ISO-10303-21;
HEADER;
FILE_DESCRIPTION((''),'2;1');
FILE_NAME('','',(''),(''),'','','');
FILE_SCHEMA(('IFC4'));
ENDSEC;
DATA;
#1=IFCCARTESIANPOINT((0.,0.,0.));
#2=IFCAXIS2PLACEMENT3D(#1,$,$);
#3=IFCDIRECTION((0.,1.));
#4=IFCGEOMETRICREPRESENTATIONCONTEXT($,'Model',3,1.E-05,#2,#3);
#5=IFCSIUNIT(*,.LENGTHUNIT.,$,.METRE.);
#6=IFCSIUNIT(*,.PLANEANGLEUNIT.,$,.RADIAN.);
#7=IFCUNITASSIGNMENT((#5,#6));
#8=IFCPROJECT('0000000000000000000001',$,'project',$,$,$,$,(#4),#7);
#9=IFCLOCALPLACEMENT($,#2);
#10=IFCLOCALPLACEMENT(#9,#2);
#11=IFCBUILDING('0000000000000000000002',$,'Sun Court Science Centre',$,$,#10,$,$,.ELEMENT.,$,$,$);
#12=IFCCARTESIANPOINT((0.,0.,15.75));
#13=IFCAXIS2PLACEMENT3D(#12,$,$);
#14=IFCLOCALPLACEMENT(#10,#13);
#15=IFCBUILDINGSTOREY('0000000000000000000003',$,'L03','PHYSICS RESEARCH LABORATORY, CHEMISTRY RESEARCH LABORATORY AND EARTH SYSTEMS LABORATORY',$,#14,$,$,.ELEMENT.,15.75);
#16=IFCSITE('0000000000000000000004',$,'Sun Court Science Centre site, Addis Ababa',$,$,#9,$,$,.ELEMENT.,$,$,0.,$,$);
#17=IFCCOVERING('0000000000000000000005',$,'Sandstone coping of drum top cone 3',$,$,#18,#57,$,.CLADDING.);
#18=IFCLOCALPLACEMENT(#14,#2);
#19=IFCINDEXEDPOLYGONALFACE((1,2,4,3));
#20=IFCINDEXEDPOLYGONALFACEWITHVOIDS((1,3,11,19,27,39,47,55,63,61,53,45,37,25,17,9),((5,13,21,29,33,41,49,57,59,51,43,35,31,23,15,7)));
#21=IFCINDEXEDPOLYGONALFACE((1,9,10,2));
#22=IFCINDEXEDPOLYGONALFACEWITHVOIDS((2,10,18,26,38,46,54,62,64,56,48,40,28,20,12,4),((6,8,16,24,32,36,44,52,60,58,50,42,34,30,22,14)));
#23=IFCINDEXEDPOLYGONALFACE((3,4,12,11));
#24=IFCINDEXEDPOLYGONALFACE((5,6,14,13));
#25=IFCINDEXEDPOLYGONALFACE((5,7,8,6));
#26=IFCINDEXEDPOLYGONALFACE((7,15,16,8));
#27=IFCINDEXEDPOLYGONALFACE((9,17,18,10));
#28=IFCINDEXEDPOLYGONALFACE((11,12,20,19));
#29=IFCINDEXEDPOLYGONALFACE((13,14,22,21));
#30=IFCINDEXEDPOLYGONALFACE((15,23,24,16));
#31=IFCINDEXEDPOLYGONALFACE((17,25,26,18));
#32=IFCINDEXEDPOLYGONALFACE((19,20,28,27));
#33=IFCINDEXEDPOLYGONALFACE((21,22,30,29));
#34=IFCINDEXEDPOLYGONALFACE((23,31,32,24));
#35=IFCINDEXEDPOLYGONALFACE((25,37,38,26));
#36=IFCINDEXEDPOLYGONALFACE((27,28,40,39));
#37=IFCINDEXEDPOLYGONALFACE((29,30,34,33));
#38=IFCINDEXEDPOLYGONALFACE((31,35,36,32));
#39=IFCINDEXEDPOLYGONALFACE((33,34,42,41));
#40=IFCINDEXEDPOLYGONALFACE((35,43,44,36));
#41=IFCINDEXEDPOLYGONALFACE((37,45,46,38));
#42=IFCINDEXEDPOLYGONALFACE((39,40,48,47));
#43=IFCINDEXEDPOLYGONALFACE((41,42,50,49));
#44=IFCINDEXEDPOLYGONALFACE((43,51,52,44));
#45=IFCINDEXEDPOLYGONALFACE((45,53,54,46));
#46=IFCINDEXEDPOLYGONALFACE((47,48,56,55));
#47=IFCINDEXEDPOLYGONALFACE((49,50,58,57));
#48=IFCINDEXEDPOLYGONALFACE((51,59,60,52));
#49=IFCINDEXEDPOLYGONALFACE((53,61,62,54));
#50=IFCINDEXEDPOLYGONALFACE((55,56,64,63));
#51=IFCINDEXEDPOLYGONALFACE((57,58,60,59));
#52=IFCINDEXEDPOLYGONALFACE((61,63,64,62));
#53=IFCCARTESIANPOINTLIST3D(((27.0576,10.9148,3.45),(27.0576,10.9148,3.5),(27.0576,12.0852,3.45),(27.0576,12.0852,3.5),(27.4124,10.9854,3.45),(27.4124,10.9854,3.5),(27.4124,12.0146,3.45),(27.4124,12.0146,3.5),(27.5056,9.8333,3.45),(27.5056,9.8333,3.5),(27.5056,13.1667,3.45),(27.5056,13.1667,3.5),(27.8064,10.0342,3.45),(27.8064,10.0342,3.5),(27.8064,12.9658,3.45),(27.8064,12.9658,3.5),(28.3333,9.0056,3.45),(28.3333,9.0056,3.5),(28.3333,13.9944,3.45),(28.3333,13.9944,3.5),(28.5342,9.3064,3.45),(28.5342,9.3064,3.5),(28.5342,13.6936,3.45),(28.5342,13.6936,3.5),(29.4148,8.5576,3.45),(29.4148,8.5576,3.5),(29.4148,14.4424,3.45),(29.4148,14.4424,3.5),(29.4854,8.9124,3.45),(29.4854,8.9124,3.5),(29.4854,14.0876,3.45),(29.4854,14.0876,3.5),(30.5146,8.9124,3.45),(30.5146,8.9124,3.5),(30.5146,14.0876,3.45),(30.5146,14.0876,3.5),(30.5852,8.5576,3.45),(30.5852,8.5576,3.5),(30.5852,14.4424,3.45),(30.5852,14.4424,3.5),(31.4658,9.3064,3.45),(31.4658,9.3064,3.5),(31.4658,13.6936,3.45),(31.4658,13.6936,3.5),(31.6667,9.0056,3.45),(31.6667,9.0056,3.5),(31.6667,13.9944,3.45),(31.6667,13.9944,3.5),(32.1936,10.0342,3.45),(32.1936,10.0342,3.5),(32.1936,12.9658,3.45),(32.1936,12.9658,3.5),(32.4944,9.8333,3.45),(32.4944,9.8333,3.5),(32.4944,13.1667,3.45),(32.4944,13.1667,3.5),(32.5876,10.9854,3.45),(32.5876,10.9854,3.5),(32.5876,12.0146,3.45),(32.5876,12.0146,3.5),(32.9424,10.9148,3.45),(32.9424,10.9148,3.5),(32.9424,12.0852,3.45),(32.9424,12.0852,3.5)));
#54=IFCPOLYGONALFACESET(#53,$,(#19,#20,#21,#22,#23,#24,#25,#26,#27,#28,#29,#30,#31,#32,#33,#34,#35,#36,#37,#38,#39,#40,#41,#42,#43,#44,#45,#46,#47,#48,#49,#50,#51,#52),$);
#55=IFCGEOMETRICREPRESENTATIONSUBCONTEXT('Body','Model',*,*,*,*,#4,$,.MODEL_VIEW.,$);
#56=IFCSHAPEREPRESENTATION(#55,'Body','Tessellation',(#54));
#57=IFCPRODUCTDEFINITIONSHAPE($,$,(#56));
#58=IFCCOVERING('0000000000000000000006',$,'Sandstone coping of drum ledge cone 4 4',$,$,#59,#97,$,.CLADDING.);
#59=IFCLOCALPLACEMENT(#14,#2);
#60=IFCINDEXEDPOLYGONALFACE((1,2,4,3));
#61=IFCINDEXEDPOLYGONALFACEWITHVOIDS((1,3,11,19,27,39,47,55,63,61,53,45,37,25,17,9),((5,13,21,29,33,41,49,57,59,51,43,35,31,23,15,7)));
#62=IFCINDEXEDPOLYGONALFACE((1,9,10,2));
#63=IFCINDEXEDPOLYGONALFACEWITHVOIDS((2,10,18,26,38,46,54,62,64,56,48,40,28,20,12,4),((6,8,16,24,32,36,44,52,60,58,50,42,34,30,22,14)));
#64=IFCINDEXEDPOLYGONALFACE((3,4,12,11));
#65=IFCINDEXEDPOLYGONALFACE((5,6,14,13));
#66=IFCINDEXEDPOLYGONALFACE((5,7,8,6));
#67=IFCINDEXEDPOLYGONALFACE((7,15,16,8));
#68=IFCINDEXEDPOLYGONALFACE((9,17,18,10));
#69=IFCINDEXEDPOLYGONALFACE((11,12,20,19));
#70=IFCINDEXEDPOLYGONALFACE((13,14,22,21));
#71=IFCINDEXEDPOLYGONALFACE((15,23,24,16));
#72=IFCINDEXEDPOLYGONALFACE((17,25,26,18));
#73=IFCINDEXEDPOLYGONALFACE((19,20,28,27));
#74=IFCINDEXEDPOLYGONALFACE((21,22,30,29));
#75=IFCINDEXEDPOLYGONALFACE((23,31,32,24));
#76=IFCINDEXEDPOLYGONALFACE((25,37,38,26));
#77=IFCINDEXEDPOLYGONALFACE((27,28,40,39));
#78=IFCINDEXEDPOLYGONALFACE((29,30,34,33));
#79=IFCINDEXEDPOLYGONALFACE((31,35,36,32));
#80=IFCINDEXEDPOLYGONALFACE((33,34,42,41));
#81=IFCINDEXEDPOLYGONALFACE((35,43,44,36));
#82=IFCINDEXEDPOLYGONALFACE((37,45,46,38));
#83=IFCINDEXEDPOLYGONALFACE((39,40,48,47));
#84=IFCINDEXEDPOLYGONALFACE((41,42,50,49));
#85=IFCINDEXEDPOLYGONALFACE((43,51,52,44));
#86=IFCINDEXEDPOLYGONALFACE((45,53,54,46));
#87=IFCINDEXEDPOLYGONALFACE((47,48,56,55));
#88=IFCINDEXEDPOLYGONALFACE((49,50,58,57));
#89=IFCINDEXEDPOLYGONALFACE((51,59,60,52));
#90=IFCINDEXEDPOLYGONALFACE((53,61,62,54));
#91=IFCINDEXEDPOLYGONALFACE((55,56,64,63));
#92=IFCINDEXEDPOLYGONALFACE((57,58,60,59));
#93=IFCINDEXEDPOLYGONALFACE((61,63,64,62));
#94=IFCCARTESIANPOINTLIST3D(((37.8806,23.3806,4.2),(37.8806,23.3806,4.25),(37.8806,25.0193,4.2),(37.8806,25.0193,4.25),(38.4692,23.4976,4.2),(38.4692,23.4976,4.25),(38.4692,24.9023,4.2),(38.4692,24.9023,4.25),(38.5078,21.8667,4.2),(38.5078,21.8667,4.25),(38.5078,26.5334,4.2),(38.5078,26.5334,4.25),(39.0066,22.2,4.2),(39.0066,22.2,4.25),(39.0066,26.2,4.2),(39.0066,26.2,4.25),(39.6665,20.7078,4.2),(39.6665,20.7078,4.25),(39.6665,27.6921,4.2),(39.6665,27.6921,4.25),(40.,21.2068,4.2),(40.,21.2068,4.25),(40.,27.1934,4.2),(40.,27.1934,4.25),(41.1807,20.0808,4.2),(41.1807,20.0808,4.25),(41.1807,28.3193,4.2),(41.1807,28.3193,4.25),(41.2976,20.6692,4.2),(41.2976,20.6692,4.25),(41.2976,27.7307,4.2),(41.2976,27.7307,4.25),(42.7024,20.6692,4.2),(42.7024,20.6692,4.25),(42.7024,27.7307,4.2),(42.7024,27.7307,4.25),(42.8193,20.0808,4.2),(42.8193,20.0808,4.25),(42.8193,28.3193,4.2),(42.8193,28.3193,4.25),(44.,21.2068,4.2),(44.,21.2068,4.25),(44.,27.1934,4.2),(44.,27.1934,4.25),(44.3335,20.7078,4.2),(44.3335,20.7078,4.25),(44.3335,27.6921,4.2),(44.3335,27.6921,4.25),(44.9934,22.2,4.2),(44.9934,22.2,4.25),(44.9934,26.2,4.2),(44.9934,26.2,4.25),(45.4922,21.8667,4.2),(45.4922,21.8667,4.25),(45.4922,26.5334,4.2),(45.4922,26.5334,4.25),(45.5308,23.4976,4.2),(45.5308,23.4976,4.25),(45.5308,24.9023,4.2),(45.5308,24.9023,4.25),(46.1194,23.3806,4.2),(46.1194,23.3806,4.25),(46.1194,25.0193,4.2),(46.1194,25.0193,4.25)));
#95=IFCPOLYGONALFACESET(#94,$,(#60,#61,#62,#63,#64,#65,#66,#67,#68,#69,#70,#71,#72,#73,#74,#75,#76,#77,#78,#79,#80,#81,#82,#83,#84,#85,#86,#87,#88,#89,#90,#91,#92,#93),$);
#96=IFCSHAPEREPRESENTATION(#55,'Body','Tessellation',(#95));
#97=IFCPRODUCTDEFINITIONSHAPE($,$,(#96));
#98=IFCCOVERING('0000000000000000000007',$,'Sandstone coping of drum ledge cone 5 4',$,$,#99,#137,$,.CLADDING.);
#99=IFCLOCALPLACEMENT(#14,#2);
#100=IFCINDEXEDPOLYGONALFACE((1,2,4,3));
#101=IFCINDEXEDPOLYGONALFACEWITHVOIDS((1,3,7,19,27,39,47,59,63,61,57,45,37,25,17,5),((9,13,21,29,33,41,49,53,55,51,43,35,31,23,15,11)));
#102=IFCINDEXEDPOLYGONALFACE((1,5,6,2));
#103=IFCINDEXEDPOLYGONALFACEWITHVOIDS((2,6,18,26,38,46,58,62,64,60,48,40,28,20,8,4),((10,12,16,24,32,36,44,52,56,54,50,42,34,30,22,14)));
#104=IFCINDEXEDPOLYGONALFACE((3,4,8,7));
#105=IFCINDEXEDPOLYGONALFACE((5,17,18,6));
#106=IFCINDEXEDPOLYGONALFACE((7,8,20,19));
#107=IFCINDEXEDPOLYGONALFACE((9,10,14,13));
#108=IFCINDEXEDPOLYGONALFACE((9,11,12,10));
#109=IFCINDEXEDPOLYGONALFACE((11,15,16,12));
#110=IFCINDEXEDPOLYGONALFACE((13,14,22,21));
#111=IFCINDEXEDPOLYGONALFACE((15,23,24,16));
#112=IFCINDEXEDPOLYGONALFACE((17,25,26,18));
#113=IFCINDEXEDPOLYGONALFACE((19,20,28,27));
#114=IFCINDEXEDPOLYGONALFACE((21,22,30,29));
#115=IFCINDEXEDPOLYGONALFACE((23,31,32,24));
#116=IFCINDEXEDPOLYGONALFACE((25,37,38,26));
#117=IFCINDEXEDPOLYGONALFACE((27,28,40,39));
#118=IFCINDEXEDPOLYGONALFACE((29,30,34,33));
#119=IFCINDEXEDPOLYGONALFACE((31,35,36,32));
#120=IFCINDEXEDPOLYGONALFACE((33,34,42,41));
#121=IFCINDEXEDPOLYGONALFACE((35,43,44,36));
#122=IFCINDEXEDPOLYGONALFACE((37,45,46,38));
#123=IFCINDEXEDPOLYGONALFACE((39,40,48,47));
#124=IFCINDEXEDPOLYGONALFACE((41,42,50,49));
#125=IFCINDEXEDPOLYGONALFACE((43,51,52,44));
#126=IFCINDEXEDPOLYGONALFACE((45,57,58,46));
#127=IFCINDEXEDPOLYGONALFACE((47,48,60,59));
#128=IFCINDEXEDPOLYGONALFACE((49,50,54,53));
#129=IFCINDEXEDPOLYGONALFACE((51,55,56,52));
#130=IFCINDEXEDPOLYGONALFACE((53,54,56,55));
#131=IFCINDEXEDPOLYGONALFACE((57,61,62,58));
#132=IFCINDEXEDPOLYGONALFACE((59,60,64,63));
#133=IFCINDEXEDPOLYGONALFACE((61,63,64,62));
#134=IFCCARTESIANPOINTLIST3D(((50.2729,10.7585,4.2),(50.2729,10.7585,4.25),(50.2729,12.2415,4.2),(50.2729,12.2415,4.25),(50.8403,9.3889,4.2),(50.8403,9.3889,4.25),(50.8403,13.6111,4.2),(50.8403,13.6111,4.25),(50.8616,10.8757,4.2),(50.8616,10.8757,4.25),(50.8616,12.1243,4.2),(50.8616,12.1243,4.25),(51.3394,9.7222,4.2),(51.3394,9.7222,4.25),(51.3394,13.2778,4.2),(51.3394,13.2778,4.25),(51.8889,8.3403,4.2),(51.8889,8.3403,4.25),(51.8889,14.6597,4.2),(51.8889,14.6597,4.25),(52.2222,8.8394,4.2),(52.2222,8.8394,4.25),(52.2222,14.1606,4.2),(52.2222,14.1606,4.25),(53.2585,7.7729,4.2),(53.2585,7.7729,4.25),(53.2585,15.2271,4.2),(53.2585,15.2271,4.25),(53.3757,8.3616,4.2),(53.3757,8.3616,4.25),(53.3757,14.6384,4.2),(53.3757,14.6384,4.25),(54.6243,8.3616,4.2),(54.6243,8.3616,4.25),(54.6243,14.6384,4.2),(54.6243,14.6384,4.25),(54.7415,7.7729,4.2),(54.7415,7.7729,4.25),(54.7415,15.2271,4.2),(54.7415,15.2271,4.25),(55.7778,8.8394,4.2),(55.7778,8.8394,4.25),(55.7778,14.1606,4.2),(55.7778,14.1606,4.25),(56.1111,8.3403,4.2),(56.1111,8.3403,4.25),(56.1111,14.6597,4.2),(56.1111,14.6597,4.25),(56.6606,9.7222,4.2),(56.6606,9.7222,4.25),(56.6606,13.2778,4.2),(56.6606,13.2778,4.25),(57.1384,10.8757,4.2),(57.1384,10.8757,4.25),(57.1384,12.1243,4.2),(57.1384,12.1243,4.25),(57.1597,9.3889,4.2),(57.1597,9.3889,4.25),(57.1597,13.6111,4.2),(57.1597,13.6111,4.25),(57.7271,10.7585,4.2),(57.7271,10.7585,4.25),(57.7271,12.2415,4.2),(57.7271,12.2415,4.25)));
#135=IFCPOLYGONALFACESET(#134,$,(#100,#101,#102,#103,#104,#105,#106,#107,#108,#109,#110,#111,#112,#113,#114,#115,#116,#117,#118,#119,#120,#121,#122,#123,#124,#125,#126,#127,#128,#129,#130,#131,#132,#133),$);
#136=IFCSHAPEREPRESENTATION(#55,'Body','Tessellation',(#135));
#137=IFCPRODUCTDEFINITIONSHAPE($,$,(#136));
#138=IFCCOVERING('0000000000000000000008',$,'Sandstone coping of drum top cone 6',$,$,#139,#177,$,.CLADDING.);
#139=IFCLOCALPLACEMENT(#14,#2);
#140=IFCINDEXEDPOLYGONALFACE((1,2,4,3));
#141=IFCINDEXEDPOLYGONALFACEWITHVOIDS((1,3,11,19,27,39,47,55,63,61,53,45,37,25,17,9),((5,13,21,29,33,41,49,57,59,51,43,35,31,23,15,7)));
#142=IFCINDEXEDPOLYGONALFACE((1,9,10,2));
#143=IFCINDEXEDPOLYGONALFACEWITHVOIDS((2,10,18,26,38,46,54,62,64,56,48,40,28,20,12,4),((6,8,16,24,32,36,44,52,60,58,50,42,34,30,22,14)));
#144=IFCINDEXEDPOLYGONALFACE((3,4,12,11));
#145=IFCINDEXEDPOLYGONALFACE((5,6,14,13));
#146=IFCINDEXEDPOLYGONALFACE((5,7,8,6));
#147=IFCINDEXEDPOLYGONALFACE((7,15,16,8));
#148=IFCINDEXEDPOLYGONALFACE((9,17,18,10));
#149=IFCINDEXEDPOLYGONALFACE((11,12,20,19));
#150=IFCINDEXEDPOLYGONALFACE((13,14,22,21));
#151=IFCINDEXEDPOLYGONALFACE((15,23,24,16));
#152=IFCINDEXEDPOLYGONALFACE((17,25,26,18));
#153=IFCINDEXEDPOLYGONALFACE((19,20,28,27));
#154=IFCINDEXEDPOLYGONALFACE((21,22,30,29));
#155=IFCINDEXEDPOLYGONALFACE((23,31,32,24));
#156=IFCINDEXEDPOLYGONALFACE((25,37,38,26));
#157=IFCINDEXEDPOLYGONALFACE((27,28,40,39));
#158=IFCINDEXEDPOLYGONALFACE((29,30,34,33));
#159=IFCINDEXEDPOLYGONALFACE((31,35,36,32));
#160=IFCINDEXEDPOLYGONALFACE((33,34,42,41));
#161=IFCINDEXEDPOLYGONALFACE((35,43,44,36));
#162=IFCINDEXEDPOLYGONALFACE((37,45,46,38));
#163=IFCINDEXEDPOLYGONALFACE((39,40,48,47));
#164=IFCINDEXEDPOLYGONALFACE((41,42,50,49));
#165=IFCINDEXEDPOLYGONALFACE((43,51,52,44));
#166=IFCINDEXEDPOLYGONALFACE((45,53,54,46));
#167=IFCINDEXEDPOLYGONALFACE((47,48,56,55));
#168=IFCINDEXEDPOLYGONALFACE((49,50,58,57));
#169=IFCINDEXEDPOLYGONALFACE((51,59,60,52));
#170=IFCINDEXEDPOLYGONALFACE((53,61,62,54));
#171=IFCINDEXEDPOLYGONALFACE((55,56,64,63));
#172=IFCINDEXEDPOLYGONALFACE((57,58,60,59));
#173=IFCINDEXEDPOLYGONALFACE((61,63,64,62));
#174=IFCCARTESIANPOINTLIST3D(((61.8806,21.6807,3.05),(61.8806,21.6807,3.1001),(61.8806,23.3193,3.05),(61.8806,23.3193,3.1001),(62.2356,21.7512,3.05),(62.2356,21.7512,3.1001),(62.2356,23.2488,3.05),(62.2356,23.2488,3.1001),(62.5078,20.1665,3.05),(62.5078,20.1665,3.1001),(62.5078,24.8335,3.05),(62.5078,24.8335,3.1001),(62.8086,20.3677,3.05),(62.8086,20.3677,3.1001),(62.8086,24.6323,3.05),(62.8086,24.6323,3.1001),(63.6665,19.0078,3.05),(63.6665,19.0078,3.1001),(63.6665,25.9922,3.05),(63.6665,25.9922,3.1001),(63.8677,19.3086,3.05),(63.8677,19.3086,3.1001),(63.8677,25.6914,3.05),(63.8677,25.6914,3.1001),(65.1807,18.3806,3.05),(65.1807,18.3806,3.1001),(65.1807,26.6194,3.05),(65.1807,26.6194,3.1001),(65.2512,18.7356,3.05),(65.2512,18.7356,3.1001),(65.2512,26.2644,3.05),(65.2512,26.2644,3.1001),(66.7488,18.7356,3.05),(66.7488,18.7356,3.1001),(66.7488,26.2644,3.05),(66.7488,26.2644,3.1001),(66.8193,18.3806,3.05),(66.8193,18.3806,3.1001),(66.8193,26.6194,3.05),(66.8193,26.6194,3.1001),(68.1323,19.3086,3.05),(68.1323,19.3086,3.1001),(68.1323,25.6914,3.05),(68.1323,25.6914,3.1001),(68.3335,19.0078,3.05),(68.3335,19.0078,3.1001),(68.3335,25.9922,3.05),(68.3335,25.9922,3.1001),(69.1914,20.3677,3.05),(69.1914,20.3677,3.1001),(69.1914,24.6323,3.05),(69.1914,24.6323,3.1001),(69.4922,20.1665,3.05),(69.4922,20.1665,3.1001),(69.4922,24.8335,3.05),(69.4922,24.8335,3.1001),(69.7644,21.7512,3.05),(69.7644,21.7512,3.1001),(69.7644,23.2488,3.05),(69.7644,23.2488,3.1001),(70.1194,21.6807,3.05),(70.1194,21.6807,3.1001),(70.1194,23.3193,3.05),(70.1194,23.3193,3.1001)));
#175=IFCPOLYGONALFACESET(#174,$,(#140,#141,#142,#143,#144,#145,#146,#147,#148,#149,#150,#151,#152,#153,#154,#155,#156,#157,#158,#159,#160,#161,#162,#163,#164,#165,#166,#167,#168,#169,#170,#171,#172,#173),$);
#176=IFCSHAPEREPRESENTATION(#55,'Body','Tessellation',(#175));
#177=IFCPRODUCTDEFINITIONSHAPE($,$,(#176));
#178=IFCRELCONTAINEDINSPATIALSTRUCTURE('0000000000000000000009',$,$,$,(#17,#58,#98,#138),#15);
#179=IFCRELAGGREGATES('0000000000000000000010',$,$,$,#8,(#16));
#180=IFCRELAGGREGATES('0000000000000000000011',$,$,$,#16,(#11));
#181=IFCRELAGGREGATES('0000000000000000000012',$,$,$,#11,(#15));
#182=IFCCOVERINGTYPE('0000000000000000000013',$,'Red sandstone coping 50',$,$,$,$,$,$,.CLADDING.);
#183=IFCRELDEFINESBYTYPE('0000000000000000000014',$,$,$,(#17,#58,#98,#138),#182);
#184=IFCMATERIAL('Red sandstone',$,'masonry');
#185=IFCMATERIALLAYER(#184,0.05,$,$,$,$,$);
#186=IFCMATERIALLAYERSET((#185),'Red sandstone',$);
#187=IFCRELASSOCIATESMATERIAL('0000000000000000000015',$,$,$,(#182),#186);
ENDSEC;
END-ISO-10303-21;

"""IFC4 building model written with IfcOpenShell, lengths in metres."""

from ifc_helpers import new_model, si_unit, direction, frame, origin, place, context, subcontext, project, spatial, polyline, outline, extrude, material, layer, layer_set, type_object, element, save


model = new_model("IFC4")

# Units and contexts
model_context = context("Model", 3, precision=1e-05, world=origin(), true_north=direction((0.0, 1.0)))
body_context = subcontext(model_context, "Body", "Model", "MODEL_VIEW")
ifc_project = project(units=[si_unit("LENGTHUNIT", "METRE"), si_unit("PLANEANGLEUNIT", "RADIAN")], contexts=[model_context])

# Site, building, storey
site_placement = place(None, origin())
site = spatial("IfcSite", under=ifc_project, at=site_placement, Name="Sun Court Science Centre site, Addis Ababa", CompositionType="ELEMENT", RefElevation=0.0)
building_placement = place(site_placement, origin())
building = spatial("IfcBuilding", under=site, at=building_placement, Name="Sun Court Science Centre", CompositionType="ELEMENT")
storey_placement = place(building_placement, frame((0.0, 0.0, 15.75)))
storey = spatial("IfcBuildingStorey", under=building, at=storey_placement, Name="L03", Description="PHYSICS RESEARCH LABORATORY, CHEMISTRY RESEARCH LABORATORY AND EARTH SYSTEMS LABORATORY", CompositionType="ELEMENT", Elevation=15.75)

# Coverings
ifc_material_1 = material(Name="Red sandstone", Category="masonry")
ifc_layer_1 = layer(ifc_material_1, 0.05)
ifc_layer_set_1 = layer_set([ifc_layer_1], Name="Red sandstone")
covering_type_1 = type_object("IfcCoveringType", Name="Red sandstone coping 50", PredefinedType="CLADDING", material=ifc_layer_set_1)
covering_1_placement = place(storey_placement, frame((0.0, 0.0, 3.45)))
element("IfcCovering", 1, at=covering_1_placement, inside=storey, type_object=covering_type_1, Name="Sandstone coping of drum top cone 3", PredefinedType="CLADDING", context=body_context, shape_type="SweptSolid", body=[
    extrude(outline(polyline([(32.9424, 12.0852), (32.4944, 13.1667), (31.6667, 13.9944), (30.5852, 14.4424), (29.4148, 14.4424), (28.3333, 13.9944), (27.5056, 13.1667), (27.0576, 12.0852), (27.0576, 10.9148), (27.5056, 9.8333), (28.3333, 9.0056), (29.4148, 8.5576), (30.5852, 8.5576), (31.6667, 9.0056), (32.4944, 9.8333), (32.9424, 10.9148), (32.9424, 12.0852)]), holes=[polyline([(32.5876, 12.0146), (32.1936, 12.9658), (31.4658, 13.6936), (30.5146, 14.0876), (29.4854, 14.0876), (28.5342, 13.6936), (27.8064, 12.9658), (27.4124, 12.0146), (27.4124, 10.9854), (27.8064, 10.0342), (28.5342, 9.3064), (29.4854, 8.9124), (30.5146, 8.9124), (31.4658, 9.3064), (32.1936, 10.0342), (32.5876, 10.9854), (32.5876, 12.0146)])]), origin(), (0.0, 0.0, 1.0), 0.05),
])
covering_2_placement = place(storey_placement, frame((0.0, 0.0, 4.2)))
element("IfcCovering", 2, at=covering_2_placement, inside=storey, type_object=covering_type_1, Name="Sandstone coping of drum ledge cone 4 4", PredefinedType="CLADDING", context=body_context, shape_type="SweptSolid", body=[
    extrude(outline(polyline([(46.1194, 25.0193), (45.4922, 26.5334), (44.3335, 27.6921), (42.8193, 28.3193), (41.1807, 28.3193), (39.6665, 27.6921), (38.5078, 26.5334), (37.8806, 25.0193), (37.8806, 23.3806), (38.5078, 21.8667), (39.6665, 20.7078), (41.1807, 20.0808), (42.8193, 20.0808), (44.3335, 20.7078), (45.4922, 21.8667), (46.1194, 23.3806), (46.1194, 25.0193)]), holes=[polyline([(45.5308, 24.9023), (44.9934, 26.2), (44.0, 27.1934), (42.7024, 27.7307), (41.2976, 27.7307), (40.0, 27.1934), (39.0066, 26.2), (38.4692, 24.9023), (38.4692, 23.4976), (39.0066, 22.2), (40.0, 21.2068), (41.2976, 20.6692), (42.7024, 20.6692), (44.0, 21.2068), (44.9934, 22.2), (45.5308, 23.4976), (45.5308, 24.9023)])]), origin(), (0.0, 0.0, 1.0), 0.05),
])
covering_3_placement = place(storey_placement, frame((0.0, 0.0, 4.2)))
element("IfcCovering", 3, at=covering_3_placement, inside=storey, type_object=covering_type_1, Name="Sandstone coping of drum ledge cone 5 4", PredefinedType="CLADDING", context=body_context, shape_type="SweptSolid", body=[
    extrude(outline(polyline([(57.7271, 12.2415), (57.1597, 13.6111), (56.1111, 14.6597), (54.7415, 15.2271), (53.2585, 15.2271), (51.8889, 14.6597), (50.8403, 13.6111), (50.2729, 12.2415), (50.2729, 10.7585), (50.8403, 9.3889), (51.8889, 8.3403), (53.2585, 7.7729), (54.7415, 7.7729), (56.1111, 8.3403), (57.1597, 9.3889), (57.7271, 10.7585), (57.7271, 12.2415)]), holes=[polyline([(57.1384, 12.1243), (56.6606, 13.2778), (55.7778, 14.1606), (54.6243, 14.6384), (53.3757, 14.6384), (52.2222, 14.1606), (51.3394, 13.2778), (50.8616, 12.1243), (50.8616, 10.8757), (51.3394, 9.7222), (52.2222, 8.8394), (53.3757, 8.3616), (54.6243, 8.3616), (55.7778, 8.8394), (56.6606, 9.7222), (57.1384, 10.8757), (57.1384, 12.1243)])]), origin(), (0.0, 0.0, 1.0), 0.05),
])
covering_4_placement = place(storey_placement, frame((0.0, 0.0, 3.05)))
element("IfcCovering", 4, at=covering_4_placement, inside=storey, type_object=covering_type_1, Name="Sandstone coping of drum top cone 6", PredefinedType="CLADDING", context=body_context, shape_type="SweptSolid", body=[
    extrude(outline(polyline([(70.1194, 23.3193), (69.4922, 24.8335), (68.3335, 25.9922), (66.8193, 26.6194), (65.1807, 26.6194), (63.6665, 25.9922), (62.5078, 24.8335), (61.8806, 23.3193), (61.8806, 21.6807), (62.5078, 20.1665), (63.6665, 19.0078), (65.1807, 18.3806), (66.8193, 18.3806), (68.3335, 19.0078), (69.4922, 20.1665), (70.1194, 21.6807), (70.1194, 23.3193)]), holes=[polyline([(69.7644, 23.2488), (69.1914, 24.6323), (68.1323, 25.6914), (66.7488, 26.2644), (65.2512, 26.2644), (63.8677, 25.6914), (62.8086, 24.6323), (62.2356, 23.2488), (62.2356, 21.7512), (62.8086, 20.3677), (63.8677, 19.3086), (65.2512, 18.7356), (66.7488, 18.7356), (68.1323, 19.3086), (69.1914, 20.3677), (69.7644, 21.7512), (69.7644, 23.2488)])]), origin(), (0.0, 0.0, 1.0), 0.05),
])

save(model, "model.ifc")
